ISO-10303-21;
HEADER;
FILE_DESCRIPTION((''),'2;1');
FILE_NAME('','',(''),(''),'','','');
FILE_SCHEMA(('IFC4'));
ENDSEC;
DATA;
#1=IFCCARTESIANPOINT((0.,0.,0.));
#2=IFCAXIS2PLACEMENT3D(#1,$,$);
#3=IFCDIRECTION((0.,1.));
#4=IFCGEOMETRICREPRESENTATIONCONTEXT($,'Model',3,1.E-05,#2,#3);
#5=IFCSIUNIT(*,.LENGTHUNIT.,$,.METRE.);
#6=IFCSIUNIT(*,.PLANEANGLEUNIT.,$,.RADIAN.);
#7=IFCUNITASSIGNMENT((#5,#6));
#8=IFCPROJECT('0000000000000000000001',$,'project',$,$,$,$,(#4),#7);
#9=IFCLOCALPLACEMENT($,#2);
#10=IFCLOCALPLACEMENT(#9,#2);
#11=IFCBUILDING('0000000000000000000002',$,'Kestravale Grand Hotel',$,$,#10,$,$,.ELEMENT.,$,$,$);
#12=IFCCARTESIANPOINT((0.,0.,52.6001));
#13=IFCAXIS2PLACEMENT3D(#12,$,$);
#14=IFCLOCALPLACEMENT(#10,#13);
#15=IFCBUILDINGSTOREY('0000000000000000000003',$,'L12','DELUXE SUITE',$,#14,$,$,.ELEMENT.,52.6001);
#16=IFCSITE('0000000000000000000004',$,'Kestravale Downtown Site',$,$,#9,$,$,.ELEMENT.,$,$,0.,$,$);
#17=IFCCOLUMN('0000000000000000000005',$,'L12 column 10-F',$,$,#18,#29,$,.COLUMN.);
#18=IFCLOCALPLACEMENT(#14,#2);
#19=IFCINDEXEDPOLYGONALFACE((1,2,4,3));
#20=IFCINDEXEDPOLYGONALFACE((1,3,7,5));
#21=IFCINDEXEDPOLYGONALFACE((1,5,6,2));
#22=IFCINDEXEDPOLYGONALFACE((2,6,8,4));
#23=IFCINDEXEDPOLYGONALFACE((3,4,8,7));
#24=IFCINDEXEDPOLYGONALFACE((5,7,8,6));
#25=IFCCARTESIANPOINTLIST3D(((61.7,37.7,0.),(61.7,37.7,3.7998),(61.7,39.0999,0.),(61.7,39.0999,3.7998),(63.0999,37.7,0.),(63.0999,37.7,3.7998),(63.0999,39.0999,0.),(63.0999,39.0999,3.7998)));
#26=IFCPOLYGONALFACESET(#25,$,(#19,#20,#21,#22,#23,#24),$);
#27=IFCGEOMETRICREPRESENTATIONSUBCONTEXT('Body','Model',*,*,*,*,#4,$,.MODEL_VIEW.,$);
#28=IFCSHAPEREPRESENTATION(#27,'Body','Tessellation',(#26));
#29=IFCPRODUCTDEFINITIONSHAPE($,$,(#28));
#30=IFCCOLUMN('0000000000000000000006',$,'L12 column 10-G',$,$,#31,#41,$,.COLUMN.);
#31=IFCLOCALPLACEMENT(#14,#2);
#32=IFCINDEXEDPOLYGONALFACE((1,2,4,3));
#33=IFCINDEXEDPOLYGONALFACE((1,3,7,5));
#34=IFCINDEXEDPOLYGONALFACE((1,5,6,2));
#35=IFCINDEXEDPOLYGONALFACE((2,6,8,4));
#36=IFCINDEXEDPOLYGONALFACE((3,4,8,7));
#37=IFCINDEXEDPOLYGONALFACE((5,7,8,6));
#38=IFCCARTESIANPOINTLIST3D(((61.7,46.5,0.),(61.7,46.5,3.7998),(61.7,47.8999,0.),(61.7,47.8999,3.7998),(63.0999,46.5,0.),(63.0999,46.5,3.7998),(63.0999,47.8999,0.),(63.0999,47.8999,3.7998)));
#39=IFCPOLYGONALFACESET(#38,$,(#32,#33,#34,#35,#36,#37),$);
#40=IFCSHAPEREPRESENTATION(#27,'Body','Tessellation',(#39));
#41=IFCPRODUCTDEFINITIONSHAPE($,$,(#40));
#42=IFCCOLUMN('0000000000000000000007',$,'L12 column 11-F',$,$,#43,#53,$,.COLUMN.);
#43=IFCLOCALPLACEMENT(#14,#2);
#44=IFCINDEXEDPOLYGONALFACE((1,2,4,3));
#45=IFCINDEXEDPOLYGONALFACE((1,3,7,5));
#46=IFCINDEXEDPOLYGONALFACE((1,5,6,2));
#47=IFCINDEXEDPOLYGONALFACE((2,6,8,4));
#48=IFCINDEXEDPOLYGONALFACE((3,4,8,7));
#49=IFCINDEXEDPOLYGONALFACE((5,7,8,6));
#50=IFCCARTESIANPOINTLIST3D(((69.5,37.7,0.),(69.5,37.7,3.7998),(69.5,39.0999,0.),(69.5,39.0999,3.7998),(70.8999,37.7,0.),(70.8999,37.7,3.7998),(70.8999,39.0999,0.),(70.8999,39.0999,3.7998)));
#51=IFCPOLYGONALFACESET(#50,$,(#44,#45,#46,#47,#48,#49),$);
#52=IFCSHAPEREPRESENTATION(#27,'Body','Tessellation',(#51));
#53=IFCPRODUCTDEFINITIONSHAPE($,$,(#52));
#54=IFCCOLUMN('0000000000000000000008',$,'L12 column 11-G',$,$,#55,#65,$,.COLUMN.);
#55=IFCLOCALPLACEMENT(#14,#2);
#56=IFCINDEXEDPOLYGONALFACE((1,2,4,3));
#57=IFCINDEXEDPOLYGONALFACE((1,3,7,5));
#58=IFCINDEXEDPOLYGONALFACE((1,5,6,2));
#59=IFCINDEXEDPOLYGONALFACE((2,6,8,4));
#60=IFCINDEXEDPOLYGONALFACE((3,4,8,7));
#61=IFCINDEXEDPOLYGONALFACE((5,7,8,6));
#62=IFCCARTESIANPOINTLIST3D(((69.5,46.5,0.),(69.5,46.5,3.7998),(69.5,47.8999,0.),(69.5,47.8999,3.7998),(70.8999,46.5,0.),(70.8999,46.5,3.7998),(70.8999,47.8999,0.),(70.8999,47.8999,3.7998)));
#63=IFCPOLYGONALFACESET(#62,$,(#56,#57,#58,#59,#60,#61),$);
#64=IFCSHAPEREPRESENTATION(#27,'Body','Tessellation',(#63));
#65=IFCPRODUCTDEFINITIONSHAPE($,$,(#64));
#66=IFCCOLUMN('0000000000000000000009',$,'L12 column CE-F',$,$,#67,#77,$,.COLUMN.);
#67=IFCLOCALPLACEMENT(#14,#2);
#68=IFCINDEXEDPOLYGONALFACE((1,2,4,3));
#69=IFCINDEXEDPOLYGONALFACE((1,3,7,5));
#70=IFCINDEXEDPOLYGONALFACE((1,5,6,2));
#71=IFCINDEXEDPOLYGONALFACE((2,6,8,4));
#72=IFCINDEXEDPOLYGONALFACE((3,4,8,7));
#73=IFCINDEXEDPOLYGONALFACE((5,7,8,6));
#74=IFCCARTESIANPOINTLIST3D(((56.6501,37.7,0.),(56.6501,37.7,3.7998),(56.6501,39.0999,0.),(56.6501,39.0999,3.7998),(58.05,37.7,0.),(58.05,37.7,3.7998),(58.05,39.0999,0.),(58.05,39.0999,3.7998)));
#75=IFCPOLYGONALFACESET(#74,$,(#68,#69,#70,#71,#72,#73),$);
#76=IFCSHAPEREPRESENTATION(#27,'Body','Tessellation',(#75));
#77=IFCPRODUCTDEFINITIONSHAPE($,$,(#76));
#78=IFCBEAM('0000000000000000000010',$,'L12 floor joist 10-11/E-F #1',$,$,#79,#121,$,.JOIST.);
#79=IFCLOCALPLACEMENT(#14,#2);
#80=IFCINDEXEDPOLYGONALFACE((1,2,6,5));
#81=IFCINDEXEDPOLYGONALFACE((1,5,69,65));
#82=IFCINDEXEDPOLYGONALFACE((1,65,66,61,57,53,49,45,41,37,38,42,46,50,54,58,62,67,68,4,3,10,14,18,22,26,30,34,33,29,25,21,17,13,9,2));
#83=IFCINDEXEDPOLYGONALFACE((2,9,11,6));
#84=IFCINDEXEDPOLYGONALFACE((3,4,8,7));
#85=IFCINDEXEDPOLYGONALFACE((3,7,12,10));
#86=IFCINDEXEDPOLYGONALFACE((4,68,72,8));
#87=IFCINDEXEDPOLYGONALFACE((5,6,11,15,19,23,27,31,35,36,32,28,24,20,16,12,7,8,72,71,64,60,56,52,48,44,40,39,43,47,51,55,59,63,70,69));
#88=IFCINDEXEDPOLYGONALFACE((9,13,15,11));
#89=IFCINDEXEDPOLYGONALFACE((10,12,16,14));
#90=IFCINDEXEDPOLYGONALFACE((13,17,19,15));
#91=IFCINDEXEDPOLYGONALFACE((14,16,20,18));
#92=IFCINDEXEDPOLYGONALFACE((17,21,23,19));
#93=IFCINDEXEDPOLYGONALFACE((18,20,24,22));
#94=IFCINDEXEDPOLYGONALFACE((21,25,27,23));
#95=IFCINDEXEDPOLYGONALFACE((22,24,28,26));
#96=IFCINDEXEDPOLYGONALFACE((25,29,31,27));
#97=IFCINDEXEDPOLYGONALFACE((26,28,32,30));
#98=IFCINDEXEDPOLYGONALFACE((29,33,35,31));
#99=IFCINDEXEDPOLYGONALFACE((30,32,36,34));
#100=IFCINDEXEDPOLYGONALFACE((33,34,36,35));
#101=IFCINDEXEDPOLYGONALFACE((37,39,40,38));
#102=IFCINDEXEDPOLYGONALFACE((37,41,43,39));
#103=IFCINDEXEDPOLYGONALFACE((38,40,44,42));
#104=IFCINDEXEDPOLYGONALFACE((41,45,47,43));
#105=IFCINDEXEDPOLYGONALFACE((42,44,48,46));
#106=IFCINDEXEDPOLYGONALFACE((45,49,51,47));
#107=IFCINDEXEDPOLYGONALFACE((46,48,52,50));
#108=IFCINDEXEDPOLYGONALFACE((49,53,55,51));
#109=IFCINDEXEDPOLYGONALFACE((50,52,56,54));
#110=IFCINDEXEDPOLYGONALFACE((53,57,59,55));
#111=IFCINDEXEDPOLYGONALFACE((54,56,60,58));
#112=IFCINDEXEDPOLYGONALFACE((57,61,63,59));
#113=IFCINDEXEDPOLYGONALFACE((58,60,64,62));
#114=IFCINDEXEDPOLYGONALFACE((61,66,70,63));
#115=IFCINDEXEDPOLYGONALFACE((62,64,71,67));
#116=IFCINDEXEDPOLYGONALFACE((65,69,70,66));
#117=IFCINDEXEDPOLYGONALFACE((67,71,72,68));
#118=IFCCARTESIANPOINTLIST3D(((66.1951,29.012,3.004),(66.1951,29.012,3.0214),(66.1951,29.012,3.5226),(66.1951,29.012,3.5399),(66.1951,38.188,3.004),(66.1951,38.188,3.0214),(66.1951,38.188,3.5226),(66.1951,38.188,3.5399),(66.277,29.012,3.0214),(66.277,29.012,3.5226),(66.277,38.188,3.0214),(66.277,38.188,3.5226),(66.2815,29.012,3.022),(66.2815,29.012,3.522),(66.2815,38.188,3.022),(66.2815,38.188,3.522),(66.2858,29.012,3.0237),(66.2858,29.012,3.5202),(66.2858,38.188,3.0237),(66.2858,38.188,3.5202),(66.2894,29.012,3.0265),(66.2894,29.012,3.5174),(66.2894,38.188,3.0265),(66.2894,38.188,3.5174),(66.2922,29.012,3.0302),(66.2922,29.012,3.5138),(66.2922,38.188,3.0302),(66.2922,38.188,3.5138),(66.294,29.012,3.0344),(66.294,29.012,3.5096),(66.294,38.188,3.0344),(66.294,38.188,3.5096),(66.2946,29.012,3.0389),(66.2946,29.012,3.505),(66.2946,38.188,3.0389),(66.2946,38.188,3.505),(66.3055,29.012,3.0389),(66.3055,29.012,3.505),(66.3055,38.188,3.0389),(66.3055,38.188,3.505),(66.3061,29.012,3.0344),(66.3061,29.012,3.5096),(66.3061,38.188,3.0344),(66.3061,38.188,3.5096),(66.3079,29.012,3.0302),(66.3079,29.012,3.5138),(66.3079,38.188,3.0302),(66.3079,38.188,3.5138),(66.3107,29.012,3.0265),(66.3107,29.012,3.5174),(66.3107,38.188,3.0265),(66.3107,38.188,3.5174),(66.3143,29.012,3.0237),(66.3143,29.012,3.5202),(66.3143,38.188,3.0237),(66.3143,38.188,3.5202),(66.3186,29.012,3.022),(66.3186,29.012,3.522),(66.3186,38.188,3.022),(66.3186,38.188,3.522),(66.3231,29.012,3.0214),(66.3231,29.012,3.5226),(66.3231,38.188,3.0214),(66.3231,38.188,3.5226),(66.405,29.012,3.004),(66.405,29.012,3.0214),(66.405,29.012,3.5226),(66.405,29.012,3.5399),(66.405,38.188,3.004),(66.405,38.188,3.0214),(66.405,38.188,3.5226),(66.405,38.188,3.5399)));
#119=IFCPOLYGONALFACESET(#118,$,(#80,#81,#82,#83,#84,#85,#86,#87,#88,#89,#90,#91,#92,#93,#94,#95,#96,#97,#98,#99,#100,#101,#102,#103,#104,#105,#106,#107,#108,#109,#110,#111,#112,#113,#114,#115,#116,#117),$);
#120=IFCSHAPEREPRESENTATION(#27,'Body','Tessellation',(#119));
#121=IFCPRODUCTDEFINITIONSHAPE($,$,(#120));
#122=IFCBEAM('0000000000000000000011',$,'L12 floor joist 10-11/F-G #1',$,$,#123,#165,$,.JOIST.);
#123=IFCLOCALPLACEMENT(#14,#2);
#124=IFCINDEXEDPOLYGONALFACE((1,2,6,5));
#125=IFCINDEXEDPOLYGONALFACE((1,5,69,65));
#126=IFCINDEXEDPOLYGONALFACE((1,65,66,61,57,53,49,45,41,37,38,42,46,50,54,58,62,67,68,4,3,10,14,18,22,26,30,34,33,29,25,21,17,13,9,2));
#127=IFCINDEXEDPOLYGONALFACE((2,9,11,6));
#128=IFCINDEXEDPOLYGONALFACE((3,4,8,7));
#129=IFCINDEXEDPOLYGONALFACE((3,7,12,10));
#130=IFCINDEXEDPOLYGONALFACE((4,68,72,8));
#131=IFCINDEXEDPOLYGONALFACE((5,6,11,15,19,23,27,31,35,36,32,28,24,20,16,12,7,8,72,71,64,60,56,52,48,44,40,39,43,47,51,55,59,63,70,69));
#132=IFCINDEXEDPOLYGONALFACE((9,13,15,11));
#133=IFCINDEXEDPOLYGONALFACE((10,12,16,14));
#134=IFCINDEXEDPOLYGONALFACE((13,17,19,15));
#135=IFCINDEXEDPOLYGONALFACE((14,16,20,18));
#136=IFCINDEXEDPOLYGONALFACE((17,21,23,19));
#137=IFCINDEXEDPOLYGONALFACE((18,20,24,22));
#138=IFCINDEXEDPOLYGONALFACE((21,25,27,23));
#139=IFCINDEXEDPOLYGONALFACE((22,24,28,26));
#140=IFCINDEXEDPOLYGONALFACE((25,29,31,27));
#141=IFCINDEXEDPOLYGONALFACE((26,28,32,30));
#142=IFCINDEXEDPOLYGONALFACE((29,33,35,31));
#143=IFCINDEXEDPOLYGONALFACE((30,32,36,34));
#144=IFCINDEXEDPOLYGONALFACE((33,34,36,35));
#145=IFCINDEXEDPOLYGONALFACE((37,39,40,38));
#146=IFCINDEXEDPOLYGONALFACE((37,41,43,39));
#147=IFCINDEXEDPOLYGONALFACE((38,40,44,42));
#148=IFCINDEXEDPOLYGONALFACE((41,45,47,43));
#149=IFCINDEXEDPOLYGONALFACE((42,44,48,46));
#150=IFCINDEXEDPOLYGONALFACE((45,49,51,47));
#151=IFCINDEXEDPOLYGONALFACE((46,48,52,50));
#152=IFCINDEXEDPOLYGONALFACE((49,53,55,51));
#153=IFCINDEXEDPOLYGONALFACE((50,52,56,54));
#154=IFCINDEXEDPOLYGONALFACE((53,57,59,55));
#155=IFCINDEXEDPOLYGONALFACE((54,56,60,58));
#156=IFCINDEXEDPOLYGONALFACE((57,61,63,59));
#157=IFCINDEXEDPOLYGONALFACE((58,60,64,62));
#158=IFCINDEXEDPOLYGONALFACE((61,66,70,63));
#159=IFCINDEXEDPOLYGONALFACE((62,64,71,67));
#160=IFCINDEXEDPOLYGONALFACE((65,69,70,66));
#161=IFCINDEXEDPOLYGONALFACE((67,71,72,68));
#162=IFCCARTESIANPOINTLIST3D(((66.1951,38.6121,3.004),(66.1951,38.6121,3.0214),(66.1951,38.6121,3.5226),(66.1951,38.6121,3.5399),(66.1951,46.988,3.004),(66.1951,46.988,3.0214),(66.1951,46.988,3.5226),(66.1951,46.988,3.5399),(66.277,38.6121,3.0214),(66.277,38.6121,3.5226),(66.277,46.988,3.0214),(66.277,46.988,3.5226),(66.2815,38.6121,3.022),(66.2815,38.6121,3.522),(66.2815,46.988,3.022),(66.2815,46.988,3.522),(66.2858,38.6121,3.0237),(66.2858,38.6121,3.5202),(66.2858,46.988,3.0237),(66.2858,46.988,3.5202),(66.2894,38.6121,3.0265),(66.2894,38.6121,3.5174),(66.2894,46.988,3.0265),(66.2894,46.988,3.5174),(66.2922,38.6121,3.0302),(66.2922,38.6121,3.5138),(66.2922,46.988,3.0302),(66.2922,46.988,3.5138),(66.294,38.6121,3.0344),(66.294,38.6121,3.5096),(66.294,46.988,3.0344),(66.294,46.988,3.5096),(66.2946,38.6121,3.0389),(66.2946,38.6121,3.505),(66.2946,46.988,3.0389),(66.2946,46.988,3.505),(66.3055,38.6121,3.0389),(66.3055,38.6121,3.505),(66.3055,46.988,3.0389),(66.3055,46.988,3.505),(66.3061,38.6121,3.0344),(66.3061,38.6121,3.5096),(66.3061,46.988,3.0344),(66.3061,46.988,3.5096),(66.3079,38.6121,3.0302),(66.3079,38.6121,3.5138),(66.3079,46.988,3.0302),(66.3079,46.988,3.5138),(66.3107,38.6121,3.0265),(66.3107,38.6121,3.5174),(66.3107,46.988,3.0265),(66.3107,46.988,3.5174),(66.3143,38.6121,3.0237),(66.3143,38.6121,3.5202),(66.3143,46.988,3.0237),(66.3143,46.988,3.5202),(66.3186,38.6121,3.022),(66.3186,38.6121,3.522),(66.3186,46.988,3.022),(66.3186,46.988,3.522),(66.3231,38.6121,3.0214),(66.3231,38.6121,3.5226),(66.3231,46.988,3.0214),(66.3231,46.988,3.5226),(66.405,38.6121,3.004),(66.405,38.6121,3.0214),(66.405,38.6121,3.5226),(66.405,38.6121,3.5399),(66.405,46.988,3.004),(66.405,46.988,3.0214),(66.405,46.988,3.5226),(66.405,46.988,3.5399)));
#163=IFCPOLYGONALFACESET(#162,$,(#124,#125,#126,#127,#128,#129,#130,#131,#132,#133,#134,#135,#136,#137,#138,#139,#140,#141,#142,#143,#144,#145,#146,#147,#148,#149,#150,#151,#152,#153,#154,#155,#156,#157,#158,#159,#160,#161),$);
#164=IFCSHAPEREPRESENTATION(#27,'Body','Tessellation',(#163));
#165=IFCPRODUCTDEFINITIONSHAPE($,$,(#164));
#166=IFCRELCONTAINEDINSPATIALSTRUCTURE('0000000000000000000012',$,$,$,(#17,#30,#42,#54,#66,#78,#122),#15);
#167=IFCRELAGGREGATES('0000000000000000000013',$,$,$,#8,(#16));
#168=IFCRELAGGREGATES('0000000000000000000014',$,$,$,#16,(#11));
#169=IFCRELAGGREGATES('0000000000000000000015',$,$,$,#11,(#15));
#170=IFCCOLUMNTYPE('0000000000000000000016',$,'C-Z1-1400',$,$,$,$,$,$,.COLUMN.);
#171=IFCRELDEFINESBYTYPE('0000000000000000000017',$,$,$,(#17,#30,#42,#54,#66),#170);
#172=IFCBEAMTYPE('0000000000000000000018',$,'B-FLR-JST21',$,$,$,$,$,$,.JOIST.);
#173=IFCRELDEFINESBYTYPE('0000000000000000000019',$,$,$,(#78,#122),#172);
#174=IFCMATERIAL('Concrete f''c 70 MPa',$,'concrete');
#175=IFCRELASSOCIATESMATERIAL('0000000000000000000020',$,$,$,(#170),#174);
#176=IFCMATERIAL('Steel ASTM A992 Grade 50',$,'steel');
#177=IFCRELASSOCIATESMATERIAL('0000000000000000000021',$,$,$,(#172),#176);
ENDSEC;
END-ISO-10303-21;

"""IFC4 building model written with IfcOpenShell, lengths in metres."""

from ifc_helpers import new_model, si_unit, direction, frame, origin, origin_2d, place, context, subcontext, project, spatial, rectangle, i_section, extrude, material, material_profile, profile_set, type_object, element, save


model = new_model("IFC4")

# Units and contexts
model_context = context("Model", 3, precision=1e-05, world=origin(), true_north=direction((0.0, 1.0)))
body_context = subcontext(model_context, "Body", "Model", "MODEL_VIEW")
ifc_project = project(units=[si_unit("LENGTHUNIT", "METRE"), si_unit("PLANEANGLEUNIT", "RADIAN")], contexts=[model_context])

# Site, building, storey
site_placement = place(None, origin())
site = spatial("IfcSite", under=ifc_project, at=site_placement, Name="Kestravale Downtown Site", CompositionType="ELEMENT", RefElevation=0.0)
building_placement = place(site_placement, origin())
building = spatial("IfcBuilding", under=site, at=building_placement, Name="Kestravale Grand Hotel", CompositionType="ELEMENT")
storey_placement = place(building_placement, frame((0.0, 0.0, 52.6001)))
storey = spatial("IfcBuildingStorey", under=building, at=storey_placement, Name="L12", Description="DELUXE SUITE", CompositionType="ELEMENT", Elevation=52.6001)

# Columns
ifc_material_1 = material(Name="Concrete f'c 70 MPa", Category="concrete")
ifc_material_profile_1 = material_profile(ifc_material_1, rectangle(XDim=1.3999, YDim=1.3999, at=origin_2d()))
ifc_profile_set_1 = profile_set([ifc_material_profile_1], Name="Concrete f'c 70 MPa")
column_type = type_object("IfcColumnType", Name="C-Z1-1400", PredefinedType="COLUMN", material=ifc_profile_set_1)
for number, where, z_axis, x_axis, name in (
    (1, (62.3999, 38.3999, 0.0), (0.0, 0.0, 1.0), (1.0, 0.0, 0.0), "L12 column 10-F"),
    (2, (62.3999, 47.2, 0.0), (0.0, 0.0, 1.0), (1.0, 0.0, 0.0), "L12 column 10-G"),
    (3, (70.2, 38.3999, 0.0), (0.0, 0.0, 1.0), (1.0, 0.0, 0.0), "L12 column 11-F"),
    (4, (70.2, 47.2, 0.0), (0.0, 0.0, 1.0), (1.0, 0.0, 0.0), "L12 column 11-G"),
    (5, (57.3501, 38.3999, 0.0), (0.0, 0.0, 1.0), (1.0, 0.0, 0.0), "L12 column CE-F"),
):
    element("IfcColumn", number, at=place(storey_placement, frame(where, z_axis=z_axis, x_axis=x_axis)), inside=storey, type_object=column_type, Name=name, PredefinedType="COLUMN", context=body_context, shape_type="SweptSolid", body=[
        extrude(rectangle(XDim=1.3999, YDim=1.3999, at=origin_2d()), origin(), (0.0, 0.0, 1.0), 3.7998),
    ])

# Beams
ifc_material_2 = material(Name="Steel ASTM A992 Grade 50", Category="steel")
ifc_material_profile_2 = material_profile(ifc_material_2, i_section(OverallWidth=0.21, OverallDepth=0.5359, WebThickness=0.011, FlangeThickness=0.0173, FilletRadius=0.0176, at=origin_2d()))
ifc_profile_set_2 = profile_set([ifc_material_profile_2], Name="Steel ASTM A992 Grade 50")
beam_type_1 = type_object("IfcBeamType", Name="B-FLR-JST21", PredefinedType="JOIST", material=ifc_profile_set_2)
beam_1_placement = place(storey_placement, frame((66.3, 29.012, 3.272), z_axis=(0.0, 1.0, 0.0), x_axis=(-1.0, 0.0, 0.0)))
element("IfcBeam", 6, at=beam_1_placement, inside=storey, type_object=beam_type_1, Name="L12 floor joist 10-11/E-F #1", PredefinedType="JOIST", context=body_context, shape_type="SweptSolid", body=[
    extrude(i_section(OverallWidth=0.21, OverallDepth=0.5359, WebThickness=0.011, FlangeThickness=0.0173, FilletRadius=0.0176, at=origin_2d()), origin(), (0.0, 0.0, 1.0), 9.176),
])
beam_2_placement = place(storey_placement, frame((66.3, 38.6121, 3.272), z_axis=(0.0, 1.0, 0.0), x_axis=(-1.0, 0.0, 0.0)))
element("IfcBeam", 7, at=beam_2_placement, inside=storey, type_object=beam_type_1, Name="L12 floor joist 10-11/F-G #1", PredefinedType="JOIST", context=body_context, shape_type="SweptSolid", body=[
    extrude(i_section(OverallWidth=0.21, OverallDepth=0.5359, WebThickness=0.011, FlangeThickness=0.0173, FilletRadius=0.0176, at=origin_2d()), origin(), (0.0, 0.0, 1.0), 8.376),
])

save(model, "model.ifc")
